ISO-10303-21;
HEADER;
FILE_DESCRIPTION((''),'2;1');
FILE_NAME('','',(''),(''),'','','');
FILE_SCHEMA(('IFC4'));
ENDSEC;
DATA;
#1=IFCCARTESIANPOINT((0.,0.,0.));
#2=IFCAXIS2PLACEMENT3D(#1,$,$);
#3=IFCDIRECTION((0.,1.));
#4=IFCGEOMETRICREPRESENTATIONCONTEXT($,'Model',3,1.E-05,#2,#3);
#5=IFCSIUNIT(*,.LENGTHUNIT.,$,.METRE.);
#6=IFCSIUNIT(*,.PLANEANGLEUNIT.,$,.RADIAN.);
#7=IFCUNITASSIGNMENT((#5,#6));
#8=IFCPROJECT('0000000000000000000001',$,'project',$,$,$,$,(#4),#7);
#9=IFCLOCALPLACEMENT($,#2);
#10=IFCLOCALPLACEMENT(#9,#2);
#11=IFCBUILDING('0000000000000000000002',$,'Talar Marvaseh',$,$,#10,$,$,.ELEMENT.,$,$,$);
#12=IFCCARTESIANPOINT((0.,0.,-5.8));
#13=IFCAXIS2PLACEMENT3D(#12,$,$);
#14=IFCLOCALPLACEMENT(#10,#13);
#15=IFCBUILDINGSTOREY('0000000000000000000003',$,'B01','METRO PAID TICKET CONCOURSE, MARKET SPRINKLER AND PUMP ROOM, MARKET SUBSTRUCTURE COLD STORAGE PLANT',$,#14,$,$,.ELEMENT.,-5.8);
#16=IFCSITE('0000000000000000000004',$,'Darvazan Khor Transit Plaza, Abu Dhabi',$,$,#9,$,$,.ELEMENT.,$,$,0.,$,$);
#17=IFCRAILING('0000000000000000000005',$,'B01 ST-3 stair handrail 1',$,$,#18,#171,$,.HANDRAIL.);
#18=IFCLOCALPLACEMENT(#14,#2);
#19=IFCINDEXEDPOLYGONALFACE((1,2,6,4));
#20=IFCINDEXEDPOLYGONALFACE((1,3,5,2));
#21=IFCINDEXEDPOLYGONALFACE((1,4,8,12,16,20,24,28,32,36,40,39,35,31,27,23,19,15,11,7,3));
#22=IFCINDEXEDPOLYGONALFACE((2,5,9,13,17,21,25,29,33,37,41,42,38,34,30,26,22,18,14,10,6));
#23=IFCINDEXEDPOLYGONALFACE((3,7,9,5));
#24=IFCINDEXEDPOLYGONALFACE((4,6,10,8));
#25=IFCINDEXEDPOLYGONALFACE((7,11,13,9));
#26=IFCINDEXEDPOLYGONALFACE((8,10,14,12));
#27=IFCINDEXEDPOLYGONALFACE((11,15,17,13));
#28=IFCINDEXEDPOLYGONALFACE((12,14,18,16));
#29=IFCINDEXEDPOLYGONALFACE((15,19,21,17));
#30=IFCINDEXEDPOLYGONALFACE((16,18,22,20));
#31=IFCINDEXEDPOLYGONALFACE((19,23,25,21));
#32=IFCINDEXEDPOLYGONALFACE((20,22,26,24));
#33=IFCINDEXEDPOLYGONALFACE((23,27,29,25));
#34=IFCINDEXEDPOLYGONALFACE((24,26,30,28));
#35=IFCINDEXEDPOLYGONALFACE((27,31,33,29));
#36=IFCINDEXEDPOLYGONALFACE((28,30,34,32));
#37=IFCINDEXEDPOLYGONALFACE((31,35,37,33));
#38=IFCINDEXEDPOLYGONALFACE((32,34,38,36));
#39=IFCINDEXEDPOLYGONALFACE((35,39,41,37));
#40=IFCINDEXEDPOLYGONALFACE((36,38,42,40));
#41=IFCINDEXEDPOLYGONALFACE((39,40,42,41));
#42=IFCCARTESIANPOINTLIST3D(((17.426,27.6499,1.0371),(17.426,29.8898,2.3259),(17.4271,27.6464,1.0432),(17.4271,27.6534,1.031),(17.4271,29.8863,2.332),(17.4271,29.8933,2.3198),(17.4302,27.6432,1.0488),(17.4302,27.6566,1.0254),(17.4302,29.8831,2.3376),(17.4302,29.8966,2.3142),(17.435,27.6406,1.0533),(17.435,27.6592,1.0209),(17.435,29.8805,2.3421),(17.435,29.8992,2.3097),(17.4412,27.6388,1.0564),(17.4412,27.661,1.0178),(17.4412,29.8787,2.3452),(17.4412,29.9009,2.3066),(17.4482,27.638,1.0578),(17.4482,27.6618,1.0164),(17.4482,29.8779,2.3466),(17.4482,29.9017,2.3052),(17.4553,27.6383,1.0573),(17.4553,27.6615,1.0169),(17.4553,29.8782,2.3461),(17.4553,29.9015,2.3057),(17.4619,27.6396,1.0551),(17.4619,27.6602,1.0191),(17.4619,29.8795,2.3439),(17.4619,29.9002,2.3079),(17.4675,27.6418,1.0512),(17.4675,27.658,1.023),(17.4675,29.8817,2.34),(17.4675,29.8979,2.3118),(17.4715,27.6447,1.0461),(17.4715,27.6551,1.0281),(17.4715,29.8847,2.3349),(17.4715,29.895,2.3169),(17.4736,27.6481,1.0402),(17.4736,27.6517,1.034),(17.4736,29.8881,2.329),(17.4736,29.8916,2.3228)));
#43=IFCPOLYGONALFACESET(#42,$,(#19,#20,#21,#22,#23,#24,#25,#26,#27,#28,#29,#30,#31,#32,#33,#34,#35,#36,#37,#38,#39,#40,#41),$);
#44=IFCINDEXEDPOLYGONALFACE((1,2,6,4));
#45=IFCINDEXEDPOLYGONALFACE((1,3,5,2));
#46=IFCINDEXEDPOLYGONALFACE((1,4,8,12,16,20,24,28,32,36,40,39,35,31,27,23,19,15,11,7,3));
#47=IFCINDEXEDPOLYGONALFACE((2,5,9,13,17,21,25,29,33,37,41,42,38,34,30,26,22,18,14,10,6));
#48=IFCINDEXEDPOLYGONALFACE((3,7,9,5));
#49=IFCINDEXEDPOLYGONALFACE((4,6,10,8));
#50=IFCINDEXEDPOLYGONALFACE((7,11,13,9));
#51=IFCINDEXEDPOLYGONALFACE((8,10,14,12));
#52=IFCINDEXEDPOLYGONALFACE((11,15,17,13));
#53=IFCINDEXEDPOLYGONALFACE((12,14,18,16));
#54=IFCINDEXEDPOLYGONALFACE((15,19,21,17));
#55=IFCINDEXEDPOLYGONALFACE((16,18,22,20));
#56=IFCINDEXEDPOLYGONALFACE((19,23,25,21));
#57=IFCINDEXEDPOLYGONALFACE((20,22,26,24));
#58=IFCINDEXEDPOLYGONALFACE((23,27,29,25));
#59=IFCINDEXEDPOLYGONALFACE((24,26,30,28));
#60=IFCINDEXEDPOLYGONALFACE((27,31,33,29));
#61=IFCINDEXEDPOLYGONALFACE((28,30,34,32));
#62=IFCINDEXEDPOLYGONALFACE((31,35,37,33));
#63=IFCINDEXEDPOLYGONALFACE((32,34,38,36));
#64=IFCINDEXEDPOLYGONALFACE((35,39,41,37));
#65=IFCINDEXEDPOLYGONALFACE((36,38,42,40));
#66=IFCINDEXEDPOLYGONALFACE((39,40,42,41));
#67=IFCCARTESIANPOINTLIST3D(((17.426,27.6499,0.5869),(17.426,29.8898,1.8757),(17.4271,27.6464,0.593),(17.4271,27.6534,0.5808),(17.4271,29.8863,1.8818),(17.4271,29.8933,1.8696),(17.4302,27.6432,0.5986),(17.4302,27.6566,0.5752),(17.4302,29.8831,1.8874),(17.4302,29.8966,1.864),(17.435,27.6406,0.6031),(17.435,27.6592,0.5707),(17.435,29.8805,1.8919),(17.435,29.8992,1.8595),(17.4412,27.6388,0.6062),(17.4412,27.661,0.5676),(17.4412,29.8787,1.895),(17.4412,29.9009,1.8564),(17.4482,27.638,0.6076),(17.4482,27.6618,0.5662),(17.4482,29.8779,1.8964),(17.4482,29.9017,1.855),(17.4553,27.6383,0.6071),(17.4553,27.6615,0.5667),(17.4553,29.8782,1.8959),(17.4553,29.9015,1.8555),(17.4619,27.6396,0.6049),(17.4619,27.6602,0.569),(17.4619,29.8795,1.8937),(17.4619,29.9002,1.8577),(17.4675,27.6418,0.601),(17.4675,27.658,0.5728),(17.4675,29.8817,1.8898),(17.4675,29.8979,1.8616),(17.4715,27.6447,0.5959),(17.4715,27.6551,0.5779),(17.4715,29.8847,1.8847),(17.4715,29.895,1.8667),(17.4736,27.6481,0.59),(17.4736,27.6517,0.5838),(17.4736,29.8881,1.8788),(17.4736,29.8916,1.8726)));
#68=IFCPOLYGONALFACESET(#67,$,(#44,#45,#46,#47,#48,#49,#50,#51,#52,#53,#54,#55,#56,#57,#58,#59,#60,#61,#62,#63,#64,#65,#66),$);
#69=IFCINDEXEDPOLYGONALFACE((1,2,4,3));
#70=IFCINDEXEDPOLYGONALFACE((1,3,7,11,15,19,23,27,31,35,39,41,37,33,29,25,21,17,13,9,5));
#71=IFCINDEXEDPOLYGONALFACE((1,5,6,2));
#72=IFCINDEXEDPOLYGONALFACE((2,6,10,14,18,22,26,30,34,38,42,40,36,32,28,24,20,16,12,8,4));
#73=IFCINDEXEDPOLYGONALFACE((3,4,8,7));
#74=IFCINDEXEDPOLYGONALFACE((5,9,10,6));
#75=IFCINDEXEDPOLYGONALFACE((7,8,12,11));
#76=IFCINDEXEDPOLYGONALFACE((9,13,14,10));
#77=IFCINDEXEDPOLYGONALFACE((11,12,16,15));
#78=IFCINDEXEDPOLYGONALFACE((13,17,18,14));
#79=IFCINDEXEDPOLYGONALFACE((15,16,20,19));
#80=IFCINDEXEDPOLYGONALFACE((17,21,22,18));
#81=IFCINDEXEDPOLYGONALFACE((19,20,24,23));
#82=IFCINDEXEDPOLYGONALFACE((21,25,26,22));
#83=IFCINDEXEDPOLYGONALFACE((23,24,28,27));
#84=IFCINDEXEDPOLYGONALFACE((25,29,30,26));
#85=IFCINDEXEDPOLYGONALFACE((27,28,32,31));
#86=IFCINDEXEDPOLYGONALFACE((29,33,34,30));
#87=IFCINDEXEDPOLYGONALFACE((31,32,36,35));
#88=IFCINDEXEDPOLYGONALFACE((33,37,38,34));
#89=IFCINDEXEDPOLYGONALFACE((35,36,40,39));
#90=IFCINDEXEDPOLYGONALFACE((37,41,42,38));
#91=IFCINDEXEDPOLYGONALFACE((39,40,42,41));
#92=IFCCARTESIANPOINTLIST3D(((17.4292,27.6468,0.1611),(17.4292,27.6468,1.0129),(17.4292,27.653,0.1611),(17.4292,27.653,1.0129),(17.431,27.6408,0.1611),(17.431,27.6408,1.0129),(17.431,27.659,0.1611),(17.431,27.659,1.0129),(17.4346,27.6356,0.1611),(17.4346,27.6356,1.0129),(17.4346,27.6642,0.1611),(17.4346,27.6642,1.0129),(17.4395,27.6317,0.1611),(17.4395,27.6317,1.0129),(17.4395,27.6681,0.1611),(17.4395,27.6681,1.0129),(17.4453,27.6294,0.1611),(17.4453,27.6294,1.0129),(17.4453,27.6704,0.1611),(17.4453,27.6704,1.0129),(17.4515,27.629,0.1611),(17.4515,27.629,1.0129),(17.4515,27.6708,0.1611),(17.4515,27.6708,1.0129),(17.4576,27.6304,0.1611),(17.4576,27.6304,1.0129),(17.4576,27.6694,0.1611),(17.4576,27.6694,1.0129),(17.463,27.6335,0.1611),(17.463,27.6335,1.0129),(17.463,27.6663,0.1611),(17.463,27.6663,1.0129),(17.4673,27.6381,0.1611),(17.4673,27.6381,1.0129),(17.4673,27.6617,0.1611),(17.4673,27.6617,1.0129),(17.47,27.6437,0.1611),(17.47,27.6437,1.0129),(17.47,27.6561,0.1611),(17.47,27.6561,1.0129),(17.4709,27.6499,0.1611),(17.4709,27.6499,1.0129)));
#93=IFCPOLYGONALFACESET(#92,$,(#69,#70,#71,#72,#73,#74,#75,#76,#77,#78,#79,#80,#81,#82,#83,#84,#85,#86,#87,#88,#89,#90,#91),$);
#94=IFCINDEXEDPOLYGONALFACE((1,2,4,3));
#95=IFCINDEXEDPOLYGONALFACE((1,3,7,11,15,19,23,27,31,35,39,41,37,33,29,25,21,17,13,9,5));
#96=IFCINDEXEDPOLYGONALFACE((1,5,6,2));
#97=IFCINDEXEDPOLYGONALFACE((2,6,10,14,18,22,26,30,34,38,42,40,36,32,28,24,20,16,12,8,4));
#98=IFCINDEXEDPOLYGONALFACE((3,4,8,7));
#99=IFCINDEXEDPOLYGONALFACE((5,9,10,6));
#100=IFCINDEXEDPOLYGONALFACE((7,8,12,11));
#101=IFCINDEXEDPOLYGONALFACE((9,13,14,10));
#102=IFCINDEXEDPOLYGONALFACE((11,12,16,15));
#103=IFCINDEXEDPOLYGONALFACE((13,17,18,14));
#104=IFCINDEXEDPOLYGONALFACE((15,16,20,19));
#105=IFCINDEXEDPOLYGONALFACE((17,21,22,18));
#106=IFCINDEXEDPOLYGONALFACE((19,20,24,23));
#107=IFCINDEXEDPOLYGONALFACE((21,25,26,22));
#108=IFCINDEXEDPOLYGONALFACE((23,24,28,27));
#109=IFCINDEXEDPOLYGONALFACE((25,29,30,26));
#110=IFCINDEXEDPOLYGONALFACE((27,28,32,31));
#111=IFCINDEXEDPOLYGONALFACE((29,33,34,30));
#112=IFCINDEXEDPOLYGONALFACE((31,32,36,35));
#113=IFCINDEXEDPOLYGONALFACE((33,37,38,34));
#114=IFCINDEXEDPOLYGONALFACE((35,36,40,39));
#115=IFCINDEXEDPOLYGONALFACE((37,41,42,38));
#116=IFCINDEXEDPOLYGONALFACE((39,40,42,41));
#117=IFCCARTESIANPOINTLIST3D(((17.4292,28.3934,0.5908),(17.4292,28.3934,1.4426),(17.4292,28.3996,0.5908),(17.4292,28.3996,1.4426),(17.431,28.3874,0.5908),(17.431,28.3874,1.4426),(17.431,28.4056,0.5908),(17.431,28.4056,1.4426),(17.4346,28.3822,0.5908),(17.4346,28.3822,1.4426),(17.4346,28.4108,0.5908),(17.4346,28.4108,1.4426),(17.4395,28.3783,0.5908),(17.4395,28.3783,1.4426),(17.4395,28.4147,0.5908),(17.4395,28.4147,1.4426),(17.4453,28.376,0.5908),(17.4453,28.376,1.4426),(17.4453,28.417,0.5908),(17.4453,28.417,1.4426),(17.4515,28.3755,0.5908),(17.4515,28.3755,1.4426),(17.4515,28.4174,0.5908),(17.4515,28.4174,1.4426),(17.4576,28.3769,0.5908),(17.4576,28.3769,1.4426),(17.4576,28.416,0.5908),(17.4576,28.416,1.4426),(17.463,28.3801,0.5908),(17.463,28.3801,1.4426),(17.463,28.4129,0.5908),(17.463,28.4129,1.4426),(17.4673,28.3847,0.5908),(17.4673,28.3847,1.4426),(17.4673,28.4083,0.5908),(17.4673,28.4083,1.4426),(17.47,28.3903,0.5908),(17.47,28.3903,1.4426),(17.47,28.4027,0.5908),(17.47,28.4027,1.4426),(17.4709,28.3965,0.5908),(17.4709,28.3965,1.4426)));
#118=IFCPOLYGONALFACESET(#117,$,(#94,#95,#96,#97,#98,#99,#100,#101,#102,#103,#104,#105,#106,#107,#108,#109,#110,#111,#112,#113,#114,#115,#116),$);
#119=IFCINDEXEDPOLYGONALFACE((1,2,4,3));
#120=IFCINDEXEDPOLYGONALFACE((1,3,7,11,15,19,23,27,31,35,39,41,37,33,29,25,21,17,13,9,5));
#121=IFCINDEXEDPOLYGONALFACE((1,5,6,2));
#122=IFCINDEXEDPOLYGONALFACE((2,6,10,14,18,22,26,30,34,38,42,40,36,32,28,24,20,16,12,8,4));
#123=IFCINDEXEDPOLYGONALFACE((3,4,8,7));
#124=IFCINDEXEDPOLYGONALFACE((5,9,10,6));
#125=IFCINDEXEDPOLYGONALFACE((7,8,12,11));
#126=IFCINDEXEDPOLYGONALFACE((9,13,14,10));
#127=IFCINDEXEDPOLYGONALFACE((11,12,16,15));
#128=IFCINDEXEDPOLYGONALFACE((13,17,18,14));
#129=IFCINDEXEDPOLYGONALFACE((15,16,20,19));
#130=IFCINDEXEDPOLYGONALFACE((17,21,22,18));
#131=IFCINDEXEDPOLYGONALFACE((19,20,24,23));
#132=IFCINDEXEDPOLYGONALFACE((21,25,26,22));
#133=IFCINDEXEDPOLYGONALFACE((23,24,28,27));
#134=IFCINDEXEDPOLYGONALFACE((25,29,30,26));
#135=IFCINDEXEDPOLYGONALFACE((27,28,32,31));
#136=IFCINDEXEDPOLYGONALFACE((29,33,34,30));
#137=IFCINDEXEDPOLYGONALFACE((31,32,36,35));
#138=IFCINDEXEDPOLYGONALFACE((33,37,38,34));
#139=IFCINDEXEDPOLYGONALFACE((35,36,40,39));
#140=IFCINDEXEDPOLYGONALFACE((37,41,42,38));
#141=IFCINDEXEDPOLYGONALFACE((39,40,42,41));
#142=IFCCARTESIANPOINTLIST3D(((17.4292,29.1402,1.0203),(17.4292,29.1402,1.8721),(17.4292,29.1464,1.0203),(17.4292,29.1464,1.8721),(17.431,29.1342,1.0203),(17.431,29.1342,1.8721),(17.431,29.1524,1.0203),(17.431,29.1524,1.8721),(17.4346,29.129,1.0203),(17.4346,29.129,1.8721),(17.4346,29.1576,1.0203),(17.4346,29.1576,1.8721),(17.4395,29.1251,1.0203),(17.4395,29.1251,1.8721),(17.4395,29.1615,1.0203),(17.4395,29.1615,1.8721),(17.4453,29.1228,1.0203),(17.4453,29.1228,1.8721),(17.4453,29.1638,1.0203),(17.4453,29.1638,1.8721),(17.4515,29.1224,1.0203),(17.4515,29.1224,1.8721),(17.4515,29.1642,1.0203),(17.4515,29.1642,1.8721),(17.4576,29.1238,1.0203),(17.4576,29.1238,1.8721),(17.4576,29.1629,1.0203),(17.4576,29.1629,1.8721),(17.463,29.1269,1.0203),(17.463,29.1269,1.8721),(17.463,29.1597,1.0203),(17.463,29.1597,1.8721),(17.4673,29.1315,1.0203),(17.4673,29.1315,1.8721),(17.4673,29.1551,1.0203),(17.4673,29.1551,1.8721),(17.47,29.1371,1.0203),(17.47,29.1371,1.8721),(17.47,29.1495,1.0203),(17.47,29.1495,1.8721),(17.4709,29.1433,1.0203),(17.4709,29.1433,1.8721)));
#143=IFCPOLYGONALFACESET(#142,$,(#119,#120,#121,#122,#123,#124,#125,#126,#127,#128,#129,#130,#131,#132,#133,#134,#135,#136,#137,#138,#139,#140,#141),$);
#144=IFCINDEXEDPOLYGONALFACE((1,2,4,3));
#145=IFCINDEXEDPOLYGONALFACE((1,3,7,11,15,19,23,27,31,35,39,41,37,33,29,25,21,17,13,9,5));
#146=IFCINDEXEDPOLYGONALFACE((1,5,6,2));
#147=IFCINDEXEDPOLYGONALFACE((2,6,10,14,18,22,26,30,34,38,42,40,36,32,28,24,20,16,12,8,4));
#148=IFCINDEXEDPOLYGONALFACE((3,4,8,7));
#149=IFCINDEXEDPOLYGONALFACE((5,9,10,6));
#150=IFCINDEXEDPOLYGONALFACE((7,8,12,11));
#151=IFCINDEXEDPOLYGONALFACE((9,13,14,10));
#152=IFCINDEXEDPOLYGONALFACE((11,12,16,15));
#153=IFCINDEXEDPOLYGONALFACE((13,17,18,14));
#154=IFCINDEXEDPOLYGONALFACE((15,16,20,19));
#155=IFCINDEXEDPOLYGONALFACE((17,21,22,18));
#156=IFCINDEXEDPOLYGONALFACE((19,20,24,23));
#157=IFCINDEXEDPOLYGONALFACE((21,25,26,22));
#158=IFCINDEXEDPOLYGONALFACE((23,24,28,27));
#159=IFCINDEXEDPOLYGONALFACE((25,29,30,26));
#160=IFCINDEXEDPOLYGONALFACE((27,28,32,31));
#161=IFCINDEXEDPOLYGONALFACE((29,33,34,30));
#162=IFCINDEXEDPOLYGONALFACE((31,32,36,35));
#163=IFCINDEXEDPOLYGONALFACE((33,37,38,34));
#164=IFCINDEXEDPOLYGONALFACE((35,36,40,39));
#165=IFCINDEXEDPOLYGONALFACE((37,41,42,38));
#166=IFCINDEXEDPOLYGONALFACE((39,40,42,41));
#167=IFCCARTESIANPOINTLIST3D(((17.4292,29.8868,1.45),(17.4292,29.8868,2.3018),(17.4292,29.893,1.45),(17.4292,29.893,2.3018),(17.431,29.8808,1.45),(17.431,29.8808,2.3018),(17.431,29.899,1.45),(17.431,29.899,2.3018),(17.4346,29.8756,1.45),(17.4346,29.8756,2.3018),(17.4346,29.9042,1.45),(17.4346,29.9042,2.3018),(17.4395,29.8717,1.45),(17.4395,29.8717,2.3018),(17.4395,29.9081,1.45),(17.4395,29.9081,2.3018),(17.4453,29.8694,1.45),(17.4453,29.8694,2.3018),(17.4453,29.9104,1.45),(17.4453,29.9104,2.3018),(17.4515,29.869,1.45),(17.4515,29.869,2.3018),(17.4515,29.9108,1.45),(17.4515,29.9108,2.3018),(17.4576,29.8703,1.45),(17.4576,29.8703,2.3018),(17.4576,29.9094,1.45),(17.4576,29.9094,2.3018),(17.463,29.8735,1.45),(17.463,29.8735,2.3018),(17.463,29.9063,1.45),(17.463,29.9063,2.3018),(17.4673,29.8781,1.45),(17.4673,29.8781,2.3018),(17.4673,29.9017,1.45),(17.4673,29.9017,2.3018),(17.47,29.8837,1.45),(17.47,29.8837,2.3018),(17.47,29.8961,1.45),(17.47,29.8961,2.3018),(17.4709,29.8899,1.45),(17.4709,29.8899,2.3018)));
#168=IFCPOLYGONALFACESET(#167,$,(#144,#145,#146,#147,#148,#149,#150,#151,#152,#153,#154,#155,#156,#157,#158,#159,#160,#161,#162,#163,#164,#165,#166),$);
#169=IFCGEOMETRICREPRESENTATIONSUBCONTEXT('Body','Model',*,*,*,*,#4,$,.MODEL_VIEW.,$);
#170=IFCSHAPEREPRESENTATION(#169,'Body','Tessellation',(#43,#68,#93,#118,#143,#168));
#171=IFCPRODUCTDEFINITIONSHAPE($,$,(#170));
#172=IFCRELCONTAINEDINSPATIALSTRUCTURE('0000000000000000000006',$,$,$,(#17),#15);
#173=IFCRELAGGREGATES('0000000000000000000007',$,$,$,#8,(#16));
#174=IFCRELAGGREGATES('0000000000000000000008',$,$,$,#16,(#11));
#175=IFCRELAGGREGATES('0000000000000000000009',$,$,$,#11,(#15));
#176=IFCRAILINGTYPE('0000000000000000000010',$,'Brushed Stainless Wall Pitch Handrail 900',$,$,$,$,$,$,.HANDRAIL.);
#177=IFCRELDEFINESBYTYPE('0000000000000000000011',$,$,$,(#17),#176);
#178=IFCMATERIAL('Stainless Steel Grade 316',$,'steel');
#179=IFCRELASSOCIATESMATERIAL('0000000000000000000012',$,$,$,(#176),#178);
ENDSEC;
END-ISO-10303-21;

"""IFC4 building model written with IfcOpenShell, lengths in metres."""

from ifc_helpers import new_model, si_unit, direction, frame, origin, origin_2d, place, context, subcontext, project, spatial, circle, extrude, material, type_object, element, save


model = new_model("IFC4")

# Units and contexts
model_context = context("Model", 3, precision=1e-05, world=origin(), true_north=direction((0.0, 1.0)))
body_context = subcontext(model_context, "Body", "Model", "MODEL_VIEW")
ifc_project = project(units=[si_unit("LENGTHUNIT", "METRE"), si_unit("PLANEANGLEUNIT", "RADIAN")], contexts=[model_context])

# Site, building, storey
site_placement = place(None, origin())
site = spatial("IfcSite", under=ifc_project, at=site_placement, Name="Darvazan Khor Transit Plaza, Abu Dhabi", CompositionType="ELEMENT", RefElevation=0.0)
building_placement = place(site_placement, origin())
building = spatial("IfcBuilding", under=site, at=building_placement, Name="Talar Marvaseh", CompositionType="ELEMENT")
storey_placement = place(building_placement, frame((0.0, 0.0, -5.8)))
storey = spatial("IfcBuildingStorey", under=building, at=storey_placement, Name="B01", Description="METRO PAID TICKET CONCOURSE, MARKET SPRINKLER AND PUMP ROOM, MARKET SUBSTRUCTURE COLD STORAGE PLANT", CompositionType="ELEMENT", Elevation=-5.8)

# Railing
ifc_material_1 = material(Name="Stainless Steel Grade 316", Category="steel")
railing_type_1 = type_object("IfcRailingType", Name="Brushed Stainless Wall Pitch Handrail 900", PredefinedType="HANDRAIL", material=ifc_material_1)
for number, where, name in (
    (1, (17.45, 27.6499, 0.1611), "B01 ST-3 stair handrail 1"),
):
    element("IfcRailing", number, at=place(storey_placement, frame(where)), inside=storey, type_object=railing_type_1, Name=name, PredefinedType="HANDRAIL", context=body_context, shape_type="SweptSolid", body=[
        extrude(circle(Radius=0.0239, at=origin_2d()), frame((0.0, 0.0, 0.876), z_axis=(0.0, 0.866768, 0.498711), x_axis=(-1.0, 0.0, 0.0)), (0.0, 0.0, 1.0), 2.5842),
        extrude(circle(Radius=0.0239, at=origin_2d()), frame((0.0, 0.0, 0.4258), z_axis=(0.0, 0.866768, 0.498711), x_axis=(-1.0, 0.0, 0.0)), (0.0, 0.0, 1.0), 2.5842),
        extrude(circle(Radius=0.021, at=origin_2d()), origin(), (0.0, 0.0, 1.0), 0.8518),
        extrude(circle(Radius=0.021, at=origin_2d()), frame((0.0, 0.7466, 0.4297)), (0.0, 0.0, 1.0), 0.8518),
        extrude(circle(Radius=0.021, at=origin_2d()), frame((0.0, 1.4934, 0.8591)), (0.0, 0.0, 1.0), 0.8518),
        extrude(circle(Radius=0.021, at=origin_2d()), frame((0.0, 2.24, 1.2888)), (0.0, 0.0, 1.0), 0.8518),
    ])

save(model, "model.ifc")
